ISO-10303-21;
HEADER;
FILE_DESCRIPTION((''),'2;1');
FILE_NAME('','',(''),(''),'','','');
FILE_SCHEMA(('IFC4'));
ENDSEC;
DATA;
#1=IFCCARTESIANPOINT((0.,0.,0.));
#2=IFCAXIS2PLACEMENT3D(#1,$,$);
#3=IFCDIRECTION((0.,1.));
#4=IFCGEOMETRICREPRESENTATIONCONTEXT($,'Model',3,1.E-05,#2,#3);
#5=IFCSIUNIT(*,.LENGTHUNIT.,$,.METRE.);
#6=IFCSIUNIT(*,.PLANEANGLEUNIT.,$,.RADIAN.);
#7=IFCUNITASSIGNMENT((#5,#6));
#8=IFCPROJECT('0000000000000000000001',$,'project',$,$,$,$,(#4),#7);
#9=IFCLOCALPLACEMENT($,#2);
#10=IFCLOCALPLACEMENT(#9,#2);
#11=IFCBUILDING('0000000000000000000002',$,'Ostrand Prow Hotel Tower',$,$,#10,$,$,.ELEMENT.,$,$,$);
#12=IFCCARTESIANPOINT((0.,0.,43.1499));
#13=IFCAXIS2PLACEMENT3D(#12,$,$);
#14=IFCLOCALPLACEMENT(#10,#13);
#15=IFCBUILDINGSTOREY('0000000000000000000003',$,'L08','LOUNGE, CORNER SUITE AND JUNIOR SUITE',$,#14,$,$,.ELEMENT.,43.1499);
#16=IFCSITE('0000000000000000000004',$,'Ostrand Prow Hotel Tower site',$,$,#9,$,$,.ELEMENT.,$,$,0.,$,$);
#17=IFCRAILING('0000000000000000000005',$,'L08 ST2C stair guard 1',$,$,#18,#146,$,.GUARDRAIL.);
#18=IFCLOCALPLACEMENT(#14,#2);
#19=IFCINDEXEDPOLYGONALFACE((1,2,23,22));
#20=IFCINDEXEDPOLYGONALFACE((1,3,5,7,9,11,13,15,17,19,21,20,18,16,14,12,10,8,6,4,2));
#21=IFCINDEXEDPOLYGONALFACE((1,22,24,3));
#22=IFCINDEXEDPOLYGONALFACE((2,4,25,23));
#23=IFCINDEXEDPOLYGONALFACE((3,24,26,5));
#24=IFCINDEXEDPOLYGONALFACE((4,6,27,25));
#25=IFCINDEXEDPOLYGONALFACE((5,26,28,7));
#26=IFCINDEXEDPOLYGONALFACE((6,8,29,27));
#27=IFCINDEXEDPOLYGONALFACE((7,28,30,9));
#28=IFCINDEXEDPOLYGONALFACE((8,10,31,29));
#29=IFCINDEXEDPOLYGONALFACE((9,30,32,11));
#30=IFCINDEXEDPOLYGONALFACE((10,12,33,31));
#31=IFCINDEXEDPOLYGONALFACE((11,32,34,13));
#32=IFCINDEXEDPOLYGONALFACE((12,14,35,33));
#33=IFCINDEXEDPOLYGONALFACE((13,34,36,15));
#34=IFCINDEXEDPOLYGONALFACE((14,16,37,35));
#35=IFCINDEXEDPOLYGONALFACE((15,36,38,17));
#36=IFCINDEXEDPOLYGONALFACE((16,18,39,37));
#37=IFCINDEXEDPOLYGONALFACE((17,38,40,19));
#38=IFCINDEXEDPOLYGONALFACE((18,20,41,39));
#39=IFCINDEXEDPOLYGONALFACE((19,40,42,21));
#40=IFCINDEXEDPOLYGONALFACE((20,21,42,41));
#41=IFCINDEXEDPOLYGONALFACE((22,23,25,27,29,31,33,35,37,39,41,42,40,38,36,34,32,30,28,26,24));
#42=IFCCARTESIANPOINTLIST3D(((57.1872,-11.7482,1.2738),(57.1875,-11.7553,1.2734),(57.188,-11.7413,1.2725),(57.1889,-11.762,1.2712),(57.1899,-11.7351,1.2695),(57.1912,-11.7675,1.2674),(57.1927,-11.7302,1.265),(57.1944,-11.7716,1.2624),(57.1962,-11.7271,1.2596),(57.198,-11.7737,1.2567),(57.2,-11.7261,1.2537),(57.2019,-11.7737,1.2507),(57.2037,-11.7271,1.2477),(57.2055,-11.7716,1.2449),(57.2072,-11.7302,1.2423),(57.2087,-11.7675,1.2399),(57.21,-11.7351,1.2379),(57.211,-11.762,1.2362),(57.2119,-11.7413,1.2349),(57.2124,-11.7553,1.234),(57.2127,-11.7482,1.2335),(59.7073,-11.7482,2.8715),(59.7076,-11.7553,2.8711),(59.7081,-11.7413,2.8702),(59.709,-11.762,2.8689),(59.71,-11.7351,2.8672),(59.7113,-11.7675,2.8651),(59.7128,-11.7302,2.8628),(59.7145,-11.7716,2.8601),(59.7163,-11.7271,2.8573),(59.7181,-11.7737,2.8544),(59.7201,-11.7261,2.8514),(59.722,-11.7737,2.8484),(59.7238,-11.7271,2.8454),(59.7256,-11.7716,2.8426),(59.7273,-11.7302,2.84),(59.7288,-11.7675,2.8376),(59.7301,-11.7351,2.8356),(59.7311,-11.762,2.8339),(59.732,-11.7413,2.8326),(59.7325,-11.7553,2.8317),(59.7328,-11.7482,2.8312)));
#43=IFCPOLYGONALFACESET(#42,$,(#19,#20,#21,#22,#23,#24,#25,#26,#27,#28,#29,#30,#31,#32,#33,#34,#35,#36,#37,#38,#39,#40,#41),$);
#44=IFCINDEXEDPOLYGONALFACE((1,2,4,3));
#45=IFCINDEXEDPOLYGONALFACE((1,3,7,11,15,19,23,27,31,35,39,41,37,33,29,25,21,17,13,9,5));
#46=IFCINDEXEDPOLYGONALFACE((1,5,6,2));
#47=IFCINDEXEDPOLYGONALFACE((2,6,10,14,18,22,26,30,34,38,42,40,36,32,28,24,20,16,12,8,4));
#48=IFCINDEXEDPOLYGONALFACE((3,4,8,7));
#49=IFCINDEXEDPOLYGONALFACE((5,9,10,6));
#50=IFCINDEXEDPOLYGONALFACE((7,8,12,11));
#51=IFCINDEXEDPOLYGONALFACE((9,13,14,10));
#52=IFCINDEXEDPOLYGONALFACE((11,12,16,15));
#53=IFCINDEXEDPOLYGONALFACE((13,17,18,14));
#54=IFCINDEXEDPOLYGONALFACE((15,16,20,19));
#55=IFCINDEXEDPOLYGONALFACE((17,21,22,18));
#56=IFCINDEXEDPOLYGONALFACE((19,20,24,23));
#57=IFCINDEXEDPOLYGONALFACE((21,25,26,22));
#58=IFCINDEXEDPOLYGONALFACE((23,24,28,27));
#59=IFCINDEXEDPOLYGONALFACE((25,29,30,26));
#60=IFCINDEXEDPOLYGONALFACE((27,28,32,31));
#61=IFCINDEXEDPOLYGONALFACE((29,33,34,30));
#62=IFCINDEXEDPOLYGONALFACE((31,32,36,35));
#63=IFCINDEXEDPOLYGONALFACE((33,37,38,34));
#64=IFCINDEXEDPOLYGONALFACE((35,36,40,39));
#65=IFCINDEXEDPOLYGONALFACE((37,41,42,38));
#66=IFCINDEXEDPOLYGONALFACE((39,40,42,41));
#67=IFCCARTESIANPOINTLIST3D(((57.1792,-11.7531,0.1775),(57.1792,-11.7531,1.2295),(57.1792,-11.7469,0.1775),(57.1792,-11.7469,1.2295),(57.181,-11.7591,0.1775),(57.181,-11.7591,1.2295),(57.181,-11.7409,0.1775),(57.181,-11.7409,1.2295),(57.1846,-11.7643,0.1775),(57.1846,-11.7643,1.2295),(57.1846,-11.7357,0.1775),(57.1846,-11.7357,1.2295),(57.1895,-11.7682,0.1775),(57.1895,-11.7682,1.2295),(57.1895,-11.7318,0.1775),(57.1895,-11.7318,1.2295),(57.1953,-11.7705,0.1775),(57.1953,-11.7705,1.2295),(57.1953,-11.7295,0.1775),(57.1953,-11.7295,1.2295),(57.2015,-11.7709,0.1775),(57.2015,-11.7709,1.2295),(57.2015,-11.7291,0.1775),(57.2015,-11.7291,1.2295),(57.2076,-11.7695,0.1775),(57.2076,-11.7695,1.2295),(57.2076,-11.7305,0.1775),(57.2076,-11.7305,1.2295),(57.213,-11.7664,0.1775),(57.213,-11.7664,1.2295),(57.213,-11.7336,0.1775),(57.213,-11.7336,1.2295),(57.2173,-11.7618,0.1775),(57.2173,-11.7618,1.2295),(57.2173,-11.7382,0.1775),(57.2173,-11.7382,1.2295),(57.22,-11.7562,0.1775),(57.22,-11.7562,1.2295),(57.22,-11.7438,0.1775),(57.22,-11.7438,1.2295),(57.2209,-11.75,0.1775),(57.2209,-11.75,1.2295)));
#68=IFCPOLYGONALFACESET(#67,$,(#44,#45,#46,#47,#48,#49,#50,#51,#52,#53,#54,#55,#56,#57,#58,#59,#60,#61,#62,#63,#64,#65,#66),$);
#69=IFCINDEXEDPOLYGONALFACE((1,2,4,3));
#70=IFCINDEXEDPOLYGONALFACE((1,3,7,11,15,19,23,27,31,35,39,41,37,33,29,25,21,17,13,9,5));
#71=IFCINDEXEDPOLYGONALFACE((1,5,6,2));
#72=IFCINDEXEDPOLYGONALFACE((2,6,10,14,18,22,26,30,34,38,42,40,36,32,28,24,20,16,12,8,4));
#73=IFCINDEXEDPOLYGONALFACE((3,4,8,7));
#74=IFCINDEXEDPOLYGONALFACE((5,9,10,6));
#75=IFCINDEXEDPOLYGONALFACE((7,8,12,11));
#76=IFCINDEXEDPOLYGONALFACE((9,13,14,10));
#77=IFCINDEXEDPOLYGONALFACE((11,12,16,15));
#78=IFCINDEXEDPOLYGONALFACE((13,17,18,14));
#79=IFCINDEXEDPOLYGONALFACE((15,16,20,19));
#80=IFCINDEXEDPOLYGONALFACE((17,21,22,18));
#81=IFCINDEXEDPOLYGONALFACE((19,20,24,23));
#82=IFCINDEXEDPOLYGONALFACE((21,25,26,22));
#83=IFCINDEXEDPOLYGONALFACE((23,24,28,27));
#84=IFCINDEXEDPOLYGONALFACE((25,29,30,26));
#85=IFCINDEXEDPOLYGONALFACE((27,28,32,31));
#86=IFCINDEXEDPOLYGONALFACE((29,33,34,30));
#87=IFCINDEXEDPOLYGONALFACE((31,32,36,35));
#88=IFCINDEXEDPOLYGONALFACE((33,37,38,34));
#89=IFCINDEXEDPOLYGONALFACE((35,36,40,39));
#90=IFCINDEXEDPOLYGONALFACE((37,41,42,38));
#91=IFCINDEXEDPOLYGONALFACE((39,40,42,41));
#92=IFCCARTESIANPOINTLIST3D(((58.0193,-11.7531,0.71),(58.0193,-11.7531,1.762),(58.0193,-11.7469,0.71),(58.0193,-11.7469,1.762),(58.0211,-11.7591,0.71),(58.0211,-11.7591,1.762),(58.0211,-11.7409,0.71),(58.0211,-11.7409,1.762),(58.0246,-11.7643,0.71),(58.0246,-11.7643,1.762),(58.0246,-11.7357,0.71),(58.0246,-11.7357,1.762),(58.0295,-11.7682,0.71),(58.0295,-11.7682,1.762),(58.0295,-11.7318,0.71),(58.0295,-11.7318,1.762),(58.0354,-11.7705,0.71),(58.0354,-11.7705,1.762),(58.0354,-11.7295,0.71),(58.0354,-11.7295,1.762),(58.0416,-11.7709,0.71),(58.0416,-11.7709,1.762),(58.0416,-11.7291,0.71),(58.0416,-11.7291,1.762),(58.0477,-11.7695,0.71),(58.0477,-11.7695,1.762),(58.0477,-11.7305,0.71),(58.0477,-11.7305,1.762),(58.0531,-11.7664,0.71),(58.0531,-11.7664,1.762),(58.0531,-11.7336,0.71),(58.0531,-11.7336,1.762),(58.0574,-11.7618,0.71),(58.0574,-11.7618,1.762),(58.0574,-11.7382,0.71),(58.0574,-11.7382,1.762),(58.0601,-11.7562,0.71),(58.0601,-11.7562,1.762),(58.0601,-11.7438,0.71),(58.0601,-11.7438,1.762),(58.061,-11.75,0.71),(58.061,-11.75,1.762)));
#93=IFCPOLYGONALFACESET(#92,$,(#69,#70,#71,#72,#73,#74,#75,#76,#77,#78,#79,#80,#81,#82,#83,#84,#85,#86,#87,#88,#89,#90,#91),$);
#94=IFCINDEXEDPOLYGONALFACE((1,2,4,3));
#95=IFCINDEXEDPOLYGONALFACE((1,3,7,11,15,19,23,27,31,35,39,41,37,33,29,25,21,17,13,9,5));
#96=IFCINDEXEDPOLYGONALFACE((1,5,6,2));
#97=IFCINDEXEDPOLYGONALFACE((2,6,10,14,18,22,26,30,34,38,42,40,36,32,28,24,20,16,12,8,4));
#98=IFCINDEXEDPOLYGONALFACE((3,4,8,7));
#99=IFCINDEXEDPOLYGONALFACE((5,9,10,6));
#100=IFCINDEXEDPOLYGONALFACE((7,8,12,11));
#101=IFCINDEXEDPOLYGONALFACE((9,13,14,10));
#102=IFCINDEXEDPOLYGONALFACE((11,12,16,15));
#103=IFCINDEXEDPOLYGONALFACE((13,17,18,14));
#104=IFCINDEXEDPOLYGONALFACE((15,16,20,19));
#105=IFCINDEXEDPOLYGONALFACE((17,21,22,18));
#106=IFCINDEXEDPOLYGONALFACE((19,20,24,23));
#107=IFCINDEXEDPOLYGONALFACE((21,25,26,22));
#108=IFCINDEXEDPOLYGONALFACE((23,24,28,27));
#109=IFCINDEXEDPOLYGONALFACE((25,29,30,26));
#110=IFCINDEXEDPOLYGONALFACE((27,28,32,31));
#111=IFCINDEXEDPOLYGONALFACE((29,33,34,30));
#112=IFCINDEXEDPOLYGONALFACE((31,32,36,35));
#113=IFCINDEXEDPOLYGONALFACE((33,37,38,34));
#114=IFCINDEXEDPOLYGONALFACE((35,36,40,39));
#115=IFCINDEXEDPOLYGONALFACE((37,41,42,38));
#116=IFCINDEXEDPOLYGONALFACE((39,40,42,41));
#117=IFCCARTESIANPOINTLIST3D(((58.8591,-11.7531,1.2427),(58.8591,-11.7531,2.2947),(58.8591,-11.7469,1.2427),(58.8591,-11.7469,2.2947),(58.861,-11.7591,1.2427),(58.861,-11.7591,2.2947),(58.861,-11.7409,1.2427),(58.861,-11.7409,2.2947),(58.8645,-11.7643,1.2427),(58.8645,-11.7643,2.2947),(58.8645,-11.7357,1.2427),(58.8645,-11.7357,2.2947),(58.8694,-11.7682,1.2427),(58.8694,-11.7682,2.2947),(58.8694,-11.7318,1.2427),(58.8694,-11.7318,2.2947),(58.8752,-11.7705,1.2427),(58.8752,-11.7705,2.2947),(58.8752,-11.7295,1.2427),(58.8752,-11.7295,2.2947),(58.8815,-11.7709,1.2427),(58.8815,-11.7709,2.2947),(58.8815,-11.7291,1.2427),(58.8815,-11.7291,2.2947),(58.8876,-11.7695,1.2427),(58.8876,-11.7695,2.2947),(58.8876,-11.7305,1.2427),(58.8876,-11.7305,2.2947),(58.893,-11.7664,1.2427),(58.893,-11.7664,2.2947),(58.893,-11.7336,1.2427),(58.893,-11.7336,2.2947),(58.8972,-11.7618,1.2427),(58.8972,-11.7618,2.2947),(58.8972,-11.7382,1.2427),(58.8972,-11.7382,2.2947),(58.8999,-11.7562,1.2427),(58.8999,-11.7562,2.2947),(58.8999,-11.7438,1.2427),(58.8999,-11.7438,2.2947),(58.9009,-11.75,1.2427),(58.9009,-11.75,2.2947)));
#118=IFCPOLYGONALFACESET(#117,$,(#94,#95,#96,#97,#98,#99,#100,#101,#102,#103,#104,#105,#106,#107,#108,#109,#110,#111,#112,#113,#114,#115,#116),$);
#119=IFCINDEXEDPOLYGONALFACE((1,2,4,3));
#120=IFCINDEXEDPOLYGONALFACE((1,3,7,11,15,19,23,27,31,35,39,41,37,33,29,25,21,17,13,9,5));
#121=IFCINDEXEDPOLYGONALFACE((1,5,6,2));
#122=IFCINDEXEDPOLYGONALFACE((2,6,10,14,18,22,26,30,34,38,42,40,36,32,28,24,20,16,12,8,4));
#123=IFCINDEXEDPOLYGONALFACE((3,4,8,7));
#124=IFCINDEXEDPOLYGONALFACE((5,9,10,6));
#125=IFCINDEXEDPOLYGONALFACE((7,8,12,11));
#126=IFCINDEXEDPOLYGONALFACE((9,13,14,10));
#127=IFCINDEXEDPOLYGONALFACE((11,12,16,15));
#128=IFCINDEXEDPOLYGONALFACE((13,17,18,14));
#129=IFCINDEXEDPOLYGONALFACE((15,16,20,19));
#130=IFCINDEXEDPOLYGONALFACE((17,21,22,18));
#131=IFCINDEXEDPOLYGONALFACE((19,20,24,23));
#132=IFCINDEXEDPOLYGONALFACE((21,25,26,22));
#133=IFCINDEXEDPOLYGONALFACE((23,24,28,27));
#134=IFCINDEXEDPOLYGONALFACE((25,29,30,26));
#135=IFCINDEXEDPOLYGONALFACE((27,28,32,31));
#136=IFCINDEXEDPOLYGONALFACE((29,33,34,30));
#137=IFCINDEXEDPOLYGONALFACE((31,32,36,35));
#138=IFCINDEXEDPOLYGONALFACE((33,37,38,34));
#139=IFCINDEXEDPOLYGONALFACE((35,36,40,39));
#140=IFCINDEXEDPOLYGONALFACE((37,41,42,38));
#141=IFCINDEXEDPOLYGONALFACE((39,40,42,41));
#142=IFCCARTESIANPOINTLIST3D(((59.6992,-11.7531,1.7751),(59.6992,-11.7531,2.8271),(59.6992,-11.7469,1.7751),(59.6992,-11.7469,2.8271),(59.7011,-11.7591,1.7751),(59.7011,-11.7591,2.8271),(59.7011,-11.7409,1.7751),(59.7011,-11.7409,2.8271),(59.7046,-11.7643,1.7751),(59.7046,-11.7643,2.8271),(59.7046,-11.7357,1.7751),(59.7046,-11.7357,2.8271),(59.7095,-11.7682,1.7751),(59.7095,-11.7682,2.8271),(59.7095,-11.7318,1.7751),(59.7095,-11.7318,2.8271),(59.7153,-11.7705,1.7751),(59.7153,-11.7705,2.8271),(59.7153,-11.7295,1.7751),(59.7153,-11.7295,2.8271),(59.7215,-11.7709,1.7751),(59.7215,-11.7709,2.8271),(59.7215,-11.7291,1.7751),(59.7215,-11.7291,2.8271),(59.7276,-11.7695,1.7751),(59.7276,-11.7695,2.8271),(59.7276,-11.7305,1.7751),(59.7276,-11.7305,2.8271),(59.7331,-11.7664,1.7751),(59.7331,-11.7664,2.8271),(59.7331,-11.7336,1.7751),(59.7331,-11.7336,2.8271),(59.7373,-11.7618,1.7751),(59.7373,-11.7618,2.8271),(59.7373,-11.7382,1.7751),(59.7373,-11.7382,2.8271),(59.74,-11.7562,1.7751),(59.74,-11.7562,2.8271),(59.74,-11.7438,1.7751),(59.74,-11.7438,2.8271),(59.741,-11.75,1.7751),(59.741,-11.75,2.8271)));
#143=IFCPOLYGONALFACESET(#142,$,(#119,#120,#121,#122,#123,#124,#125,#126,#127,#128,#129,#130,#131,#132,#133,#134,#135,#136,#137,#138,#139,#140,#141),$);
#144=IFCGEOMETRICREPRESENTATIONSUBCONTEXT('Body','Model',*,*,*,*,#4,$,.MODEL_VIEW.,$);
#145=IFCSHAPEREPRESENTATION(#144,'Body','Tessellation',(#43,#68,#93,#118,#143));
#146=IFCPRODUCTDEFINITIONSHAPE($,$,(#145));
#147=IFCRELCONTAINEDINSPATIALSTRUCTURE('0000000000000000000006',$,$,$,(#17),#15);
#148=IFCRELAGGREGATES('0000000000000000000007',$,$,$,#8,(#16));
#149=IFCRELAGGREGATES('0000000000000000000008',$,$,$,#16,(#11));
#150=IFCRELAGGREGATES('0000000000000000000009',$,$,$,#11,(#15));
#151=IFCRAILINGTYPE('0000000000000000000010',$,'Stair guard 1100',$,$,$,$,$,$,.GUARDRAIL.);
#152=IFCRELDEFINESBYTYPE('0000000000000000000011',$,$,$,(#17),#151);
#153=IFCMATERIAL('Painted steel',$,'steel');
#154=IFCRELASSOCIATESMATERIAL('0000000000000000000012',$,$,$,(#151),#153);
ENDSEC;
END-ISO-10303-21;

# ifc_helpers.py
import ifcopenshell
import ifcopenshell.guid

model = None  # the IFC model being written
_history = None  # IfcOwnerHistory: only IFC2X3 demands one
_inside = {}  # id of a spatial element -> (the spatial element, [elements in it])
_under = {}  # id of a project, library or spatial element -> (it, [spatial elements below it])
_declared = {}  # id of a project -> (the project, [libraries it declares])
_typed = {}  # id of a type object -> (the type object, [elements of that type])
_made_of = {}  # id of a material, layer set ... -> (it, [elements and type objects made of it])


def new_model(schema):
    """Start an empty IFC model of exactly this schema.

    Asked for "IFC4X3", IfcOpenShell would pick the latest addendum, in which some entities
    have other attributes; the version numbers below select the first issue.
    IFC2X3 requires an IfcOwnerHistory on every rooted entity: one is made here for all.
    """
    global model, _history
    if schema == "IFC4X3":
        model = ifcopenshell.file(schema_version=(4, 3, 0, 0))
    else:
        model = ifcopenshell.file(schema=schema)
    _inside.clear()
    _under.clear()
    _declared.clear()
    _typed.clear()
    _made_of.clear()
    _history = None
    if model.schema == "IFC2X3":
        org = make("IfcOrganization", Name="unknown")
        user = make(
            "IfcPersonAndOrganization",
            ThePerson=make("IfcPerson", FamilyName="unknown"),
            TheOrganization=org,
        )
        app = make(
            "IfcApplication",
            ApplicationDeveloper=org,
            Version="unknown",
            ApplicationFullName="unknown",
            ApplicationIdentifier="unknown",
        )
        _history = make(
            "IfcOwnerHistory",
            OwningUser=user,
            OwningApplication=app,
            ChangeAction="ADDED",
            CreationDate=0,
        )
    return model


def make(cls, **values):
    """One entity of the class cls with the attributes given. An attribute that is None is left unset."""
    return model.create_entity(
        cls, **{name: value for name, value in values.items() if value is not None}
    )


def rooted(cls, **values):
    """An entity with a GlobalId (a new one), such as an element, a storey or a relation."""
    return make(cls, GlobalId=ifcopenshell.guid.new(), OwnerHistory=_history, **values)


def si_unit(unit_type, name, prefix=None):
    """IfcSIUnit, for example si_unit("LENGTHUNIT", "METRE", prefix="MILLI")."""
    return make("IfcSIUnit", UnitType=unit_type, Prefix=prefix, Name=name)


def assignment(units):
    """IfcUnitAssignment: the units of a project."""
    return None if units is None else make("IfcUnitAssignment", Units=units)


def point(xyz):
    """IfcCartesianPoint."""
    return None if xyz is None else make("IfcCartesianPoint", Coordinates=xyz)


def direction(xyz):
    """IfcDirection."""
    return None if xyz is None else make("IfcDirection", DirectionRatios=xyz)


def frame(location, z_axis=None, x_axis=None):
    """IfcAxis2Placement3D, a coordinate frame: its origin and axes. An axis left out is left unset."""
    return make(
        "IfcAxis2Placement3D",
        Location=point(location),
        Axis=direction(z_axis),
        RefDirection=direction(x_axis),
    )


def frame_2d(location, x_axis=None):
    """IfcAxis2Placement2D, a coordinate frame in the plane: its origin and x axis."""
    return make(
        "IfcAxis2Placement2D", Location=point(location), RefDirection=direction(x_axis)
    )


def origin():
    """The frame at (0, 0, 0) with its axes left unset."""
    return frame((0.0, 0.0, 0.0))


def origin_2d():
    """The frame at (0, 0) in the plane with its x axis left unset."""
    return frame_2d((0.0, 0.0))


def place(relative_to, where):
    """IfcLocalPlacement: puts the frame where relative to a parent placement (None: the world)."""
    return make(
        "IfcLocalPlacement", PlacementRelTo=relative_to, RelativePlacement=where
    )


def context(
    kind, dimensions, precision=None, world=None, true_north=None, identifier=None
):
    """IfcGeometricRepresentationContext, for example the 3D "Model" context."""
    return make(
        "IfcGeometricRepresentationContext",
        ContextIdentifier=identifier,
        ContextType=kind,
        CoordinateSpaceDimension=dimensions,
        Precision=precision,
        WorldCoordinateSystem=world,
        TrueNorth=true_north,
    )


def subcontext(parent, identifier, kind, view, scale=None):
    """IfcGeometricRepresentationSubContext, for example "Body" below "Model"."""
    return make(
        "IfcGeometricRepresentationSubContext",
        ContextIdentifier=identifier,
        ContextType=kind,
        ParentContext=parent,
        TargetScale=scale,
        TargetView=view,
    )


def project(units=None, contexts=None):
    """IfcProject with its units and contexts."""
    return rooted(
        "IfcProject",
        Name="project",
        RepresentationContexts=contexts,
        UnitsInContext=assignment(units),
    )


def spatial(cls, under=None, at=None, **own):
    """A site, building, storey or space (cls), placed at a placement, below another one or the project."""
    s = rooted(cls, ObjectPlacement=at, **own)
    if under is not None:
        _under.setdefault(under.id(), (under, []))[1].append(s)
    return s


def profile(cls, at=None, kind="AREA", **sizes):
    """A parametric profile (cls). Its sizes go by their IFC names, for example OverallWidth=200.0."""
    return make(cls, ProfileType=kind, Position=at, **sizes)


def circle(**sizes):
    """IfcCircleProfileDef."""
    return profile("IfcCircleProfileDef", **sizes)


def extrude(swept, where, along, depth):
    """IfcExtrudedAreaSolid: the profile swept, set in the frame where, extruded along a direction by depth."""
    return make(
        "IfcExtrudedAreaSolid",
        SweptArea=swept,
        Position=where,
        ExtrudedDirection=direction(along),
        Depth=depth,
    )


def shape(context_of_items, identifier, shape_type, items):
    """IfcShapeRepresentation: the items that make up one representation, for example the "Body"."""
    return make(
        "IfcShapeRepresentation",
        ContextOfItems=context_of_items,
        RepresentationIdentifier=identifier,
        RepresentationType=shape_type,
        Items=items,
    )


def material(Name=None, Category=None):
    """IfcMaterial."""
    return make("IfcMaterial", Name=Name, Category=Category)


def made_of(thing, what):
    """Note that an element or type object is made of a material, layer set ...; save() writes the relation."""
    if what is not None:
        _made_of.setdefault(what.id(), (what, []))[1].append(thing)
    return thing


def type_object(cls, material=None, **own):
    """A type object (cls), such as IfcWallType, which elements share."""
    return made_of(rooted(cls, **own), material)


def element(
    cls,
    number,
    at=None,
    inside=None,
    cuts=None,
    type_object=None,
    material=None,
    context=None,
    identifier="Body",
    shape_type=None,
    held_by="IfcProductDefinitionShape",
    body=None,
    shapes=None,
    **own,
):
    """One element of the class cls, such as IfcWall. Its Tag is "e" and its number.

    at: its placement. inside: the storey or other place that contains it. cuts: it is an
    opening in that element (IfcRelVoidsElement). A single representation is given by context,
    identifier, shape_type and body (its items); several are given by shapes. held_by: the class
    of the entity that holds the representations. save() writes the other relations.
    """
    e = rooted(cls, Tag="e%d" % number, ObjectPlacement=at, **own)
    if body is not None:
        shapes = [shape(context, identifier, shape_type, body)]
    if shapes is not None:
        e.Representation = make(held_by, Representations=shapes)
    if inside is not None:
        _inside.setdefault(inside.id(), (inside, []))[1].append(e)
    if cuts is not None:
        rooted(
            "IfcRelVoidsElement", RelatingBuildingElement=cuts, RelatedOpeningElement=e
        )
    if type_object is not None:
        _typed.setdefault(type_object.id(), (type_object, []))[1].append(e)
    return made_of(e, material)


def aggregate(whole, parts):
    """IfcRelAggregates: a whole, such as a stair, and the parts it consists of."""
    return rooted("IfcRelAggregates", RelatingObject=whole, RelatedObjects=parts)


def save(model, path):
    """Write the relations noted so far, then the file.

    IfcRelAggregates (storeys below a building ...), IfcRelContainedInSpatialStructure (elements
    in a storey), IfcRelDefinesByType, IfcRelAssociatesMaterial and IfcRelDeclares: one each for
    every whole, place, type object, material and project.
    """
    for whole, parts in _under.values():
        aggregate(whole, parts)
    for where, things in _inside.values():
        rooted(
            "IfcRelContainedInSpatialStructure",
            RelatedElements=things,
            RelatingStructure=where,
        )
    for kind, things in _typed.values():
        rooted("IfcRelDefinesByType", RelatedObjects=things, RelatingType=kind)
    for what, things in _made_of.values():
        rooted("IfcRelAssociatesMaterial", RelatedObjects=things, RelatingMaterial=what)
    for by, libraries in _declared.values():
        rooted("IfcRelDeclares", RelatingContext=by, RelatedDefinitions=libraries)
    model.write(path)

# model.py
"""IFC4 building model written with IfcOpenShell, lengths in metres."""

from ifc_helpers import new_model, si_unit, direction, frame, origin, origin_2d, place, context, subcontext, project, spatial, circle, extrude, material, type_object, element, save


model = new_model("IFC4")

# Units and contexts
model_context = context("Model", 3, precision=1e-05, world=origin(), true_north=direction((0.0, 1.0)))
body_context = subcontext(model_context, "Body", "Model", "MODEL_VIEW")
ifc_project = project(units=[si_unit("LENGTHUNIT", "METRE"), si_unit("PLANEANGLEUNIT", "RADIAN")], contexts=[model_context])

# Site, building, storey
site_placement = place(None, origin())
site = spatial("IfcSite", under=ifc_project, at=site_placement, Name="Ostrand Prow Hotel Tower site", CompositionType="ELEMENT", RefElevation=0.0)
building_placement = place(site_placement, origin())
building = spatial("IfcBuilding", under=site, at=building_placement, Name="Ostrand Prow Hotel Tower", CompositionType="ELEMENT")
storey_placement = place(building_placement, frame((0.0, 0.0, 43.1499)))
storey = spatial("IfcBuildingStorey", under=building, at=storey_placement, Name="L08", Description="LOUNGE, CORNER SUITE AND JUNIOR SUITE", CompositionType="ELEMENT", Elevation=43.1499)

# Railing
ifc_material_1 = material(Name="Painted steel", Category="steel")
railing_type_1 = type_object("IfcRailingType", Name="Stair guard 1100", PredefinedType="GUARDRAIL", material=ifc_material_1)
railing_1_placement = place(storey_placement, frame((57.2, -11.75, 0.1775)))
element("IfcRailing", 1, at=railing_1_placement, inside=storey, type_object=railing_type_1, Name="L08 ST2C stair guard 1", PredefinedType="GUARDRAIL", context=body_context, shape_type="SweptSolid", body=[
    extrude(circle(Radius=0.0239, at=origin_2d()), frame((0.0, 0.0, 1.0762), z_axis=(0.84457, 0.0, 0.535445), x_axis=(0.0, 1.0, 0.0)), (0.0, 0.0, 1.0), 2.9839),
    extrude(circle(Radius=0.021, at=origin_2d()), origin(), (0.0, 0.0, 1.0), 1.052),
    extrude(circle(Radius=0.021, at=origin_2d()), frame((0.8401, 0.0, 0.5325)), (0.0, 0.0, 1.0), 1.052),
    extrude(circle(Radius=0.021, at=origin_2d()), frame((1.6799, 0.0, 1.0652)), (0.0, 0.0, 1.0), 1.052),
    extrude(circle(Radius=0.021, at=origin_2d()), frame((2.52, 0.0, 1.5977)), (0.0, 0.0, 1.0), 1.052),
])

save(model, "model.ifc")
